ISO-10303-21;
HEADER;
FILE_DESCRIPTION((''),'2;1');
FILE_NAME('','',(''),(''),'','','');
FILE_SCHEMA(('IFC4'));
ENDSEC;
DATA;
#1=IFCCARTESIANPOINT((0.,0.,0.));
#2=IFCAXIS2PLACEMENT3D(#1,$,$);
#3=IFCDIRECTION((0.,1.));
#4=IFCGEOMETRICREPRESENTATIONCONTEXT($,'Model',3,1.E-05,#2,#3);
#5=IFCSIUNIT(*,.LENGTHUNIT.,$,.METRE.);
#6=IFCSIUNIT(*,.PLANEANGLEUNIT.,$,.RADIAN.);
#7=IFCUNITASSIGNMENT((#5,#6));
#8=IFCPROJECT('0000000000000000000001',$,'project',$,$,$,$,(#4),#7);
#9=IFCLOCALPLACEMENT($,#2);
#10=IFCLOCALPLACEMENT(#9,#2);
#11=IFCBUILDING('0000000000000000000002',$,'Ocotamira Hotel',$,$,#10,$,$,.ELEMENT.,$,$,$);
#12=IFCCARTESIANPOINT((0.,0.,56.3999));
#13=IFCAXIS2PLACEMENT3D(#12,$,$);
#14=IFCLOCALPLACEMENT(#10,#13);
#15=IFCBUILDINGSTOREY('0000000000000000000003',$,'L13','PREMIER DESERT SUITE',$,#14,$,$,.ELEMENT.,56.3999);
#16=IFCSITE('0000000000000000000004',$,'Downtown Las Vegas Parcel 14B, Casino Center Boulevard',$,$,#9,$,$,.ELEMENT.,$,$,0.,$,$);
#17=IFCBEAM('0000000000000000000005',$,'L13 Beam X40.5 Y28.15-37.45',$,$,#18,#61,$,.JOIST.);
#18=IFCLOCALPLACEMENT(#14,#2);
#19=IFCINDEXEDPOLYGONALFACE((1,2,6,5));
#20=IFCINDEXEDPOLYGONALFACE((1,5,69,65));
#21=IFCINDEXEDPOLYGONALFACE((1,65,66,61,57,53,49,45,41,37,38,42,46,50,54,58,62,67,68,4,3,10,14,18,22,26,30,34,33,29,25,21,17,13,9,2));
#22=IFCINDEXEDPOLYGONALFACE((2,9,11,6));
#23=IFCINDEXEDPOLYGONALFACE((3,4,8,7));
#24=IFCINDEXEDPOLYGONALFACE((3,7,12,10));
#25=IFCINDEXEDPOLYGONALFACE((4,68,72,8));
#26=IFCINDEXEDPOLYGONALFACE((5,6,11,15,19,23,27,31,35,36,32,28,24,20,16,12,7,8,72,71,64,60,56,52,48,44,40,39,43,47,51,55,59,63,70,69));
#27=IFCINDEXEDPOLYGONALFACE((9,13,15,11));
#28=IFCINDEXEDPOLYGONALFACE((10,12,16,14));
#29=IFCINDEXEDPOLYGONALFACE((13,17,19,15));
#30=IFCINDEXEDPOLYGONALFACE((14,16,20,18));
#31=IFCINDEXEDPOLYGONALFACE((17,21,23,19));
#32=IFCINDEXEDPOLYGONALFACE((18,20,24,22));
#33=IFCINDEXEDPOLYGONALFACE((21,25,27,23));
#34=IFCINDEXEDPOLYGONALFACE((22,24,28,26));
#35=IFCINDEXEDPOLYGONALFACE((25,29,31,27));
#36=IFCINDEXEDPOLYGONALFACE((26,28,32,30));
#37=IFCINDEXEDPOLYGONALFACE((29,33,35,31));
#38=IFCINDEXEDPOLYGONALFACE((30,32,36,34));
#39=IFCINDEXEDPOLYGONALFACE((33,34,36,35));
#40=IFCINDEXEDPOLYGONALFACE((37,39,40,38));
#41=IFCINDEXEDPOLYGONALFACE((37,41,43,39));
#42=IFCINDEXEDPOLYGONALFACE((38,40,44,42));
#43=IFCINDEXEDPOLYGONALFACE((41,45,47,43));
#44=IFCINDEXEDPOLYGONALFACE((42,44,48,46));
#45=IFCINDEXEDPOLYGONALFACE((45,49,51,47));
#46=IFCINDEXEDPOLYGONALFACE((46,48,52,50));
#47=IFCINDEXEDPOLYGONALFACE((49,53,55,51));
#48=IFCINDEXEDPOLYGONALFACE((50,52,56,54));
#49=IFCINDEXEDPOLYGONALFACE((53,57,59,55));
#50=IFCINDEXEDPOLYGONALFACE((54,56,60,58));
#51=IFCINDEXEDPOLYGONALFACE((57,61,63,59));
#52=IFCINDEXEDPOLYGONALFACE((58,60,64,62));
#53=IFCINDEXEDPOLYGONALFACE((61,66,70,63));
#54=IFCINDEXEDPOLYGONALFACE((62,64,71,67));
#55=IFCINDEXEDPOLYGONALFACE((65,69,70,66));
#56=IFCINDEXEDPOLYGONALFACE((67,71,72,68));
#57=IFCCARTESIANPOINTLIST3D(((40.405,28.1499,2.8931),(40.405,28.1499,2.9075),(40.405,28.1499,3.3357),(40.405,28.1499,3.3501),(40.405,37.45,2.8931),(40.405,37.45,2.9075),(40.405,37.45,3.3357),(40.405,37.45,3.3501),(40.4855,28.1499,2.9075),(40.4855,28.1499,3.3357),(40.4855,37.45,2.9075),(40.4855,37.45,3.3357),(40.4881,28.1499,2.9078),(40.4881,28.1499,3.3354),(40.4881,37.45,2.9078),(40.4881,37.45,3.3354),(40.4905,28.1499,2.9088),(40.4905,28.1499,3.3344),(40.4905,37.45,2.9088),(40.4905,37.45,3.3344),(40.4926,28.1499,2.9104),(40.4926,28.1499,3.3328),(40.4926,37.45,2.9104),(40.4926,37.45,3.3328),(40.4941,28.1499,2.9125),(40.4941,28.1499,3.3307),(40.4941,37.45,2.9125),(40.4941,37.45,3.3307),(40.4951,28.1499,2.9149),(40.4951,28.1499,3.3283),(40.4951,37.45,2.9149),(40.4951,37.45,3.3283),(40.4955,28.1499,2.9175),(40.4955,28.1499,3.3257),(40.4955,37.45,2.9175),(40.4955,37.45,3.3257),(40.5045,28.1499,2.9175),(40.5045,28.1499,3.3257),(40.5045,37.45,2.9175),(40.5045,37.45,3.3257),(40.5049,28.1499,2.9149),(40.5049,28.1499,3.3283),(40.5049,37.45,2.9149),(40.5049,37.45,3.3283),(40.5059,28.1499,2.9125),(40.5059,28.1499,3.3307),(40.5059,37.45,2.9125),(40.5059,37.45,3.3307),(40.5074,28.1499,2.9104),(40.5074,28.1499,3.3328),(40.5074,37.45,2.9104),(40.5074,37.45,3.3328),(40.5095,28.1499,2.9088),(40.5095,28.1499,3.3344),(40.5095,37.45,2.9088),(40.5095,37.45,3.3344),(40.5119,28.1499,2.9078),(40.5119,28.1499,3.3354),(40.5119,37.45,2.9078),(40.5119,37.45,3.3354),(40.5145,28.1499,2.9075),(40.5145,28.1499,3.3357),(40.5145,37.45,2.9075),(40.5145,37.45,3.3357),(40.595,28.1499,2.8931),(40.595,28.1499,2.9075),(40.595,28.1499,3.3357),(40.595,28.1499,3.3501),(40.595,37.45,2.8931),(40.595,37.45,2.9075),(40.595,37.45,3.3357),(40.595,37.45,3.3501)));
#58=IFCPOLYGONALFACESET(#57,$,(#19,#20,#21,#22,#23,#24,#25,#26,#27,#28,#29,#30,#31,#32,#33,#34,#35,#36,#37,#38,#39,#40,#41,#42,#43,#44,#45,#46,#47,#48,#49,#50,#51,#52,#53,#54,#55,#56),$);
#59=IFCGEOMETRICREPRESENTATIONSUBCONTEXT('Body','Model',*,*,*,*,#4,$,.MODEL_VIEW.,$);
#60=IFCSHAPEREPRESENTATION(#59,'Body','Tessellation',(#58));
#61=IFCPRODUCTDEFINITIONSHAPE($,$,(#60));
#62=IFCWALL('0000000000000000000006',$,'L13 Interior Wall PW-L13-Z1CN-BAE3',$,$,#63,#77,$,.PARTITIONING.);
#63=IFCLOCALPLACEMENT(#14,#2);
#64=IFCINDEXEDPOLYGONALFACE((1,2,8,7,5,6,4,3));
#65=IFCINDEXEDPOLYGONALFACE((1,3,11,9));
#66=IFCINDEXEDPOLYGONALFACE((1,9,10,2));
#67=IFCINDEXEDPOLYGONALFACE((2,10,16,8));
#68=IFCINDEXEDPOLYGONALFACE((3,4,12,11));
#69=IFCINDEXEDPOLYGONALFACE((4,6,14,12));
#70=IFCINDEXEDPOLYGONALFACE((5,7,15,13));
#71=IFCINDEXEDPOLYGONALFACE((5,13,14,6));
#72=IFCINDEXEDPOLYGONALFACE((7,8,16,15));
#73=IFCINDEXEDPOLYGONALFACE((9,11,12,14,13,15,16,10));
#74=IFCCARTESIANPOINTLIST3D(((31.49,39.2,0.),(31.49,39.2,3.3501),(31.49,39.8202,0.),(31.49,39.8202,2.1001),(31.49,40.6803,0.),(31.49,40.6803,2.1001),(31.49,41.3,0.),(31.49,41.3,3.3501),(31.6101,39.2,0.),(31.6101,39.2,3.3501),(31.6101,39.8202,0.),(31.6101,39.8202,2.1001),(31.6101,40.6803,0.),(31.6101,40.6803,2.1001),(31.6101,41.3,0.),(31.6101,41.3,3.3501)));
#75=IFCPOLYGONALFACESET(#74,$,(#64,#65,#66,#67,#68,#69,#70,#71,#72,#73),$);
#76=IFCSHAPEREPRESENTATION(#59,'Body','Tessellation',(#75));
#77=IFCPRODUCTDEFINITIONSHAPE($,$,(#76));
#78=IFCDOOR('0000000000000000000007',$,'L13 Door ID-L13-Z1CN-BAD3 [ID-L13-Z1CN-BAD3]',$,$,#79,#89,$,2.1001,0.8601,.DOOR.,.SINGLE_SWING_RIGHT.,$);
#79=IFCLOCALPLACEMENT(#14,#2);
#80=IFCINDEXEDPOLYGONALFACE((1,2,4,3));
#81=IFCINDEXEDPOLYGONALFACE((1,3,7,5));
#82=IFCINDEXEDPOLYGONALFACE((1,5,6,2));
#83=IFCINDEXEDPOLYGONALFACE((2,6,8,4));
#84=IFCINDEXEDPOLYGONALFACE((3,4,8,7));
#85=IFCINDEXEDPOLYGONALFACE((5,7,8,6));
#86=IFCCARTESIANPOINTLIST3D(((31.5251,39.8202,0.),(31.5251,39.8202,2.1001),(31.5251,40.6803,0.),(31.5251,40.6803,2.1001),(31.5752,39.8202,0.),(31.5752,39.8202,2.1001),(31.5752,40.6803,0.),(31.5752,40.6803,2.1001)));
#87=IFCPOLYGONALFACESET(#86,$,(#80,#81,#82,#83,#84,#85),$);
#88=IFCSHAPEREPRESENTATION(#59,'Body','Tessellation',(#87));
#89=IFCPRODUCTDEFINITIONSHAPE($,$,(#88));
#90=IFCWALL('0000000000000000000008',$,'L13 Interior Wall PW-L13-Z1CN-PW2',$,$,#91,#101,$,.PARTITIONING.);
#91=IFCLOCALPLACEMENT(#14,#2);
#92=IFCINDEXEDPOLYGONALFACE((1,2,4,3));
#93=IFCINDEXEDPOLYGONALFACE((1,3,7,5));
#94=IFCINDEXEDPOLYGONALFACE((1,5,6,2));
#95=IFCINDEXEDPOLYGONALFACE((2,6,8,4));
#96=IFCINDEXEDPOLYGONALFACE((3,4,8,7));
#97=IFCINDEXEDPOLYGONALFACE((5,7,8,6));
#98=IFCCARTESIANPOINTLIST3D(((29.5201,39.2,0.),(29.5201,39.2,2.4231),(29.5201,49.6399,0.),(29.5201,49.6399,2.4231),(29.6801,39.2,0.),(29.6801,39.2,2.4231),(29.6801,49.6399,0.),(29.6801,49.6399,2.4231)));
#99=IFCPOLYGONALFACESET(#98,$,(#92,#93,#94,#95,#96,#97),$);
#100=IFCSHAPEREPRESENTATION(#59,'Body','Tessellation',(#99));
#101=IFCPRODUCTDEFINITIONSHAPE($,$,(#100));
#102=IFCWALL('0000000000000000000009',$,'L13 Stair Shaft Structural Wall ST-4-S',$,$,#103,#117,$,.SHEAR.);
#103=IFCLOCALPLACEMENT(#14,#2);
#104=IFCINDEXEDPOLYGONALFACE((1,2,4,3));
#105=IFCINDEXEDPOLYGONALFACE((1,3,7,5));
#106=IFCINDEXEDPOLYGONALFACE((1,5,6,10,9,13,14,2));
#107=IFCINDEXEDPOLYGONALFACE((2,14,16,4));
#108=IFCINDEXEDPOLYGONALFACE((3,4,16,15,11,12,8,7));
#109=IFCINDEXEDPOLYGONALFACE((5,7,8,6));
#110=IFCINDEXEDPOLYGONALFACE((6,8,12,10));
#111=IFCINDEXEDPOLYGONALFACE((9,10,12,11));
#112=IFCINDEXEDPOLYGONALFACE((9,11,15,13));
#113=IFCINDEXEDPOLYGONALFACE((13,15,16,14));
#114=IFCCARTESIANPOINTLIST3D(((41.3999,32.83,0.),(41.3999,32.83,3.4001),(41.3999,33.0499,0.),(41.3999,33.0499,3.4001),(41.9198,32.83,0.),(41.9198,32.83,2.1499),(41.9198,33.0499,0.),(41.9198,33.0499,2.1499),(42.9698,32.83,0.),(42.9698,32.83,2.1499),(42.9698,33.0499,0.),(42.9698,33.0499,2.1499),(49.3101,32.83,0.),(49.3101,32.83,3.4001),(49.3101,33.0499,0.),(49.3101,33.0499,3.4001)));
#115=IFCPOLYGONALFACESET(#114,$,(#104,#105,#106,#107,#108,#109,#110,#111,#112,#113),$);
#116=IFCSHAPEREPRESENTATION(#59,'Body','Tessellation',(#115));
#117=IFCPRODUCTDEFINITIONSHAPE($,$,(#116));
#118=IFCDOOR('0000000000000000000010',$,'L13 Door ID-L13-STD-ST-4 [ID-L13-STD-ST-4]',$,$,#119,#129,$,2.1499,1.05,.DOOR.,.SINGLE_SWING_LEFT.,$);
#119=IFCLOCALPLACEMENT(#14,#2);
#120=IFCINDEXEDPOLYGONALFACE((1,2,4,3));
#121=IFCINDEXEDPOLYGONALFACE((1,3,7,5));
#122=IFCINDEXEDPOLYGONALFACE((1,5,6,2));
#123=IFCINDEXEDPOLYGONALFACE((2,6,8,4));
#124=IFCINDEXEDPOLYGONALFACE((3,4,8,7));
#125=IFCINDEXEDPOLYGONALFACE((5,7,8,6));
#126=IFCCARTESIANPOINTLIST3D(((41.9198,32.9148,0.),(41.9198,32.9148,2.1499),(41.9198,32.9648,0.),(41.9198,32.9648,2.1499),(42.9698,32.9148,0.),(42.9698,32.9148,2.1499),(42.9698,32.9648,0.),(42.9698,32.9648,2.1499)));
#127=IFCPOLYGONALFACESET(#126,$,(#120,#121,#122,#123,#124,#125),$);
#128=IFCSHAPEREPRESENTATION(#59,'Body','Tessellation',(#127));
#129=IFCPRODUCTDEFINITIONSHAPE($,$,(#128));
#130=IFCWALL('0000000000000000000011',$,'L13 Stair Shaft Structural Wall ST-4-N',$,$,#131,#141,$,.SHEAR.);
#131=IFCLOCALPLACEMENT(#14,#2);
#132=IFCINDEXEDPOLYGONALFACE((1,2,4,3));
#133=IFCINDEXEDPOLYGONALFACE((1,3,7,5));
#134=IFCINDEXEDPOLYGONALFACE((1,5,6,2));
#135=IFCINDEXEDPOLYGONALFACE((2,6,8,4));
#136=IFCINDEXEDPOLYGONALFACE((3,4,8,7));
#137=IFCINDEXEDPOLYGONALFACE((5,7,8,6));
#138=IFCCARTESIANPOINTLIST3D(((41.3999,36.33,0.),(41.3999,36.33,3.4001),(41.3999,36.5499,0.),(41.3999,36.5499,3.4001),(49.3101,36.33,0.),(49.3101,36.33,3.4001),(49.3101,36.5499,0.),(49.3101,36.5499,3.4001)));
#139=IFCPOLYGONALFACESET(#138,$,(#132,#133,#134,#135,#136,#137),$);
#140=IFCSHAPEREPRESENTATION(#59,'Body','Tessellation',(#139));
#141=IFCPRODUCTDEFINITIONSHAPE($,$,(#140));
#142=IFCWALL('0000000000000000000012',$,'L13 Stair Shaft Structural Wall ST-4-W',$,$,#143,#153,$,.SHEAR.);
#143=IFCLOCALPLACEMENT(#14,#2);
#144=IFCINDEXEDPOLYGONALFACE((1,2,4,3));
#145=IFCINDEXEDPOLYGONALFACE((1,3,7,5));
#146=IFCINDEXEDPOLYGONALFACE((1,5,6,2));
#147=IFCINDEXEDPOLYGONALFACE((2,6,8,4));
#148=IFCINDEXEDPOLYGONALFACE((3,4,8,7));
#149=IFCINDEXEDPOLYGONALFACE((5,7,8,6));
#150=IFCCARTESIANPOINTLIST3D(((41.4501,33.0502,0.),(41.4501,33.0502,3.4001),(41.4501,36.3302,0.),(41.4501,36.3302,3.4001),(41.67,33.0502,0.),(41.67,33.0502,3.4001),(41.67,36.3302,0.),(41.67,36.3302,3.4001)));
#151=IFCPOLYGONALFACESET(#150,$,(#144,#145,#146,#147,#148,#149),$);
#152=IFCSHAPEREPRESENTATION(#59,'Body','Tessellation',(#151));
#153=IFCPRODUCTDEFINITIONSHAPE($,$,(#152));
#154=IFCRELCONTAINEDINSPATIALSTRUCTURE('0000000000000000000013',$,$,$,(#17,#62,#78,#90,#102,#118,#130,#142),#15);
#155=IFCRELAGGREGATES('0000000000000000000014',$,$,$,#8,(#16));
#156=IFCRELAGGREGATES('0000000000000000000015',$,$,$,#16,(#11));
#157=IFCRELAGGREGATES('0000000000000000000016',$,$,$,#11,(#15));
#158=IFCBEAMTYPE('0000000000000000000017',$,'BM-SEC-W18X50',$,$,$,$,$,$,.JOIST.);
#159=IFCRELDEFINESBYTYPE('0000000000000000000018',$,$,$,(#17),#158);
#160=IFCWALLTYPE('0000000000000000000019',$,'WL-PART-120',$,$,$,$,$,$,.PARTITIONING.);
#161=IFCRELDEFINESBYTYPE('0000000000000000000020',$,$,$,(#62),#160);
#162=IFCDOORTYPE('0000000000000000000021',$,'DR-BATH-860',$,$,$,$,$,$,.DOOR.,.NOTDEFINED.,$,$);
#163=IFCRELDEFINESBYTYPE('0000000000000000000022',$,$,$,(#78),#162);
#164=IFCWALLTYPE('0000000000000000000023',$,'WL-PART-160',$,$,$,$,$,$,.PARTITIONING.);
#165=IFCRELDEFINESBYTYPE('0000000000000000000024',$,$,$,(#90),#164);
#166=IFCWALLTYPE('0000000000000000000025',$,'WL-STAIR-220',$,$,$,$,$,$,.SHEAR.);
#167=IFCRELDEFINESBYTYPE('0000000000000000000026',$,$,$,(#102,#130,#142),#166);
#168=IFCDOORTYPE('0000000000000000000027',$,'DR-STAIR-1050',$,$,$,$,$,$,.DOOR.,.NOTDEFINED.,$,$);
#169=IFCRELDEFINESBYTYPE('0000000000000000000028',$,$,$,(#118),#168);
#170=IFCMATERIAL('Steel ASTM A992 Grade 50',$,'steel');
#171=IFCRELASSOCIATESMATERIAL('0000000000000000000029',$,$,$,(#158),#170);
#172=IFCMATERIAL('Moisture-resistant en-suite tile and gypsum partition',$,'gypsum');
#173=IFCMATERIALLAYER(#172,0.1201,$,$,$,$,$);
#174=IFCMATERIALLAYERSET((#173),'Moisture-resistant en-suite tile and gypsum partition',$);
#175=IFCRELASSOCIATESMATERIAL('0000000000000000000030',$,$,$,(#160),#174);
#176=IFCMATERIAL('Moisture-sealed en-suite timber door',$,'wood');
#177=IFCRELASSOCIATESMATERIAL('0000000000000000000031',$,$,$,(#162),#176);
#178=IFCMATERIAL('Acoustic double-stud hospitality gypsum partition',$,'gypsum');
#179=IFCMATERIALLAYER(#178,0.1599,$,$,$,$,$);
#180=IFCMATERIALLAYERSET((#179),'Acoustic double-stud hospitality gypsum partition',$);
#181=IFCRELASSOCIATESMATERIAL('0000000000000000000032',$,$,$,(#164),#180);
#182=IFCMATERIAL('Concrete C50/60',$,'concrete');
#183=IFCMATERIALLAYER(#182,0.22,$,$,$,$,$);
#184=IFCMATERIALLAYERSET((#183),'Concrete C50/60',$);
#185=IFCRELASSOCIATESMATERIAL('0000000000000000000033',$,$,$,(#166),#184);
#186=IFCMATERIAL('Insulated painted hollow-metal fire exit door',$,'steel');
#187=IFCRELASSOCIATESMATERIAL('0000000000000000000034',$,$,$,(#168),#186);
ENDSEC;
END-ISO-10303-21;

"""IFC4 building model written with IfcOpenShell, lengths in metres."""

from ifc_helpers import new_model, si_unit, direction, frame, frame_2d, origin, origin_2d, place, context, subcontext, project, spatial, rectangle, i_section, extrude, source, transform, mapped, material, layer, layer_set, material_profile, profile_set, type_object, element, fill, save


model = new_model("IFC4")

# Units and contexts
model_context = context("Model", 3, precision=1e-05, world=origin(), true_north=direction((0.0, 1.0)))
body_context = subcontext(model_context, "Body", "Model", "MODEL_VIEW")
ifc_project = project(units=[si_unit("LENGTHUNIT", "METRE"), si_unit("PLANEANGLEUNIT", "RADIAN")], contexts=[model_context])

# Site, building, storey
site_placement = place(None, origin())
site = spatial("IfcSite", under=ifc_project, at=site_placement, Name="Downtown Las Vegas Parcel 14B, Casino Center Boulevard", CompositionType="ELEMENT", RefElevation=0.0)
building_placement = place(site_placement, origin())
building = spatial("IfcBuilding", under=site, at=building_placement, Name="Ocotamira Hotel", CompositionType="ELEMENT")
storey_placement = place(building_placement, frame((0.0, 0.0, 56.3999)))
storey = spatial("IfcBuildingStorey", under=building, at=storey_placement, Name="L13", Description="PREMIER DESERT SUITE", CompositionType="ELEMENT", Elevation=56.3999)

# Beam
ifc_material_1 = material(Name="Steel ASTM A992 Grade 50", Category="steel")
ifc_material_profile_1 = material_profile(ifc_material_1, i_section(OverallWidth=0.1899, OverallDepth=0.457, WebThickness=0.009, FlangeThickness=0.0144, FilletRadius=0.01, at=origin_2d()), Name="W18X50")
ifc_profile_set_1 = profile_set([ifc_material_profile_1], Name="Steel ASTM A992 Grade 50")
beam_type_1 = type_object("IfcBeamType", Name="BM-SEC-W18X50", PredefinedType="JOIST", material=ifc_profile_set_1)
shared_shape_1 = source(origin(), body_context, "Body", "SweptSolid", [
    extrude(i_section(OverallWidth=0.1899, OverallDepth=0.457, WebThickness=0.009, FlangeThickness=0.0144, FilletRadius=0.01, at=origin_2d()), origin(), (0.0, 0.0, 1.0), 9.3),
])
beam_1_placement = place(storey_placement, frame((40.5, 28.1499, 3.1216), z_axis=(0.0, 1.0, 0.0), x_axis=(-1.0, 0.0, 0.0)))
element("IfcBeam", 1, at=beam_1_placement, inside=storey, type_object=beam_type_1, Name="L13 Beam X40.5 Y28.15-37.45", PredefinedType="JOIST", context=body_context, shape_type="MappedRepresentation", body=[
    mapped(shared_shape_1, transform((0.0, 0.0, 0.0), scale=1.0)),
])

# Wall, opening, door
ifc_material_2 = material(Name="Moisture-resistant en-suite tile and gypsum partition", Category="gypsum")
ifc_layer_1 = layer(ifc_material_2, 0.1201)
ifc_layer_set_1 = layer_set([ifc_layer_1], Name="Moisture-resistant en-suite tile and gypsum partition")
wall_type_1 = type_object("IfcWallType", Name="WL-PART-120", PredefinedType="PARTITIONING", material=ifc_layer_set_1)
wall_1_placement = place(storey_placement, frame((31.55, 39.2, 0.0), z_axis=(0.0, 0.0, 1.0), x_axis=(0.0, 1.0, 0.0)))
wall_1 = element("IfcWall", 2, at=wall_1_placement, inside=storey, type_object=wall_type_1, Name="L13 Interior Wall PW-L13-Z1CN-BAE3", PredefinedType="PARTITIONING", context=body_context, shape_type="SweptSolid", body=[
    extrude(rectangle(XDim=2.1001, YDim=0.1201, at=frame_2d((1.05, 0.0))), origin(), (0.0, 0.0, 1.0), 3.3501),
])
opening_1_placement = place(wall_1_placement, frame((0.6201, 0.0, 0.0)))
opening_1 = element("IfcOpeningElement", 3, at=opening_1_placement, cuts=wall_1, PredefinedType="OPENING", context=body_context, shape_type="SweptSolid", body=[
    extrude(rectangle(XDim=0.8601, YDim=2.1001, at=frame_2d((0.4302, 1.05))), frame((0.0, 0.0701, 0.0), z_axis=(0.0, -1.0, 0.0), x_axis=(1.0, 0.0, 0.0)), (0.0, 0.0, 1.0), 0.1401),
])
ifc_material_3 = material(Name="Moisture-sealed en-suite timber door", Category="wood")
door_type_1 = type_object("IfcDoorType", Name="DR-BATH-860", OperationType="NOTDEFINED", PredefinedType="DOOR", material=ifc_material_3)
shared_shape_2 = source(origin(), body_context, "Body", "SweptSolid", [
    extrude(rectangle(XDim=0.8601, YDim=2.1001, at=frame_2d((0.4302, 1.05))), frame((0.0, 0.0249, 0.0), z_axis=(0.0, -1.0, 0.0), x_axis=(1.0, 0.0, 0.0)), (0.0, 0.0, 1.0), 0.05),
])
door_1_placement = place(opening_1_placement, origin())
door_1 = element("IfcDoor", 4, at=door_1_placement, inside=storey, type_object=door_type_1, Name="L13 Door ID-L13-Z1CN-BAD3 [ID-L13-Z1CN-BAD3]", OperationType="SINGLE_SWING_RIGHT", OverallHeight=2.1001, OverallWidth=0.8601, PredefinedType="DOOR", context=body_context, shape_type="MappedRepresentation", body=[
    mapped(shared_shape_2, transform((0.0, 0.0, 0.0), scale=1.0)),
])
fill(opening_1, door_1)

# Wall
ifc_material_4 = material(Name="Acoustic double-stud hospitality gypsum partition", Category="gypsum")
ifc_layer_2 = layer(ifc_material_4, 0.1599)
ifc_layer_set_2 = layer_set([ifc_layer_2], Name="Acoustic double-stud hospitality gypsum partition")
wall_type_2 = type_object("IfcWallType", Name="WL-PART-160", PredefinedType="PARTITIONING", material=ifc_layer_set_2)
wall_2_placement = place(storey_placement, frame((29.6001, 39.2, 0.0), z_axis=(0.0, 0.0, 1.0), x_axis=(0.0, 1.0, 0.0)))
element("IfcWall", 5, at=wall_2_placement, inside=storey, type_object=wall_type_2, Name="L13 Interior Wall PW-L13-Z1CN-PW2", PredefinedType="PARTITIONING", context=body_context, shape_type="SweptSolid", body=[
    extrude(rectangle(XDim=10.4399, YDim=0.1599, at=frame_2d((5.22, 0.0))), origin(), (0.0, 0.0, 1.0), 2.4231),
])

# Wall, opening, door
ifc_material_5 = material(Name="Concrete C50/60", Category="concrete")
ifc_layer_3 = layer(ifc_material_5, 0.22)
ifc_layer_set_3 = layer_set([ifc_layer_3], Name="Concrete C50/60")
wall_type_3 = type_object("IfcWallType", Name="WL-STAIR-220", PredefinedType="SHEAR", material=ifc_layer_set_3)
wall_3_placement = place(storey_placement, frame((41.3999, 32.9399, 0.0), z_axis=(0.0, 0.0, 1.0), x_axis=(1.0, 0.0, 0.0)))
wall_3 = element("IfcWall", 6, at=wall_3_placement, inside=storey, type_object=wall_type_3, Name="L13 Stair Shaft Structural Wall ST-4-S", PredefinedType="SHEAR", context=body_context, shape_type="SweptSolid", body=[
    extrude(rectangle(XDim=7.9102, YDim=0.22, at=frame_2d((3.9551, 0.0))), origin(), (0.0, 0.0, 1.0), 3.4001),
])
opening_2_placement = place(wall_3_placement, frame((0.52, 0.0, 0.0)))
opening_2 = element("IfcOpeningElement", 7, at=opening_2_placement, cuts=wall_3, PredefinedType="OPENING", context=body_context, shape_type="SweptSolid", body=[
    extrude(rectangle(XDim=1.05, YDim=2.1499, at=frame_2d((0.5249, 1.075))), frame((0.0, 0.1201, 0.0), z_axis=(0.0, -1.0, 0.0), x_axis=(1.0, 0.0, 0.0)), (0.0, 0.0, 1.0), 0.24),
])
ifc_material_6 = material(Name="Insulated painted hollow-metal fire exit door", Category="steel")
door_type_2 = type_object("IfcDoorType", Name="DR-STAIR-1050", OperationType="NOTDEFINED", PredefinedType="DOOR", material=ifc_material_6)
shared_shape_3 = source(origin(), body_context, "Body", "SweptSolid", [
    extrude(rectangle(XDim=1.05, YDim=2.1499, at=frame_2d((0.5249, 1.075))), frame((0.0, 0.0249, 0.0), z_axis=(0.0, -1.0, 0.0), x_axis=(1.0, 0.0, 0.0)), (0.0, 0.0, 1.0), 0.05),
])
door_2_placement = place(opening_2_placement, origin())
door_2 = element("IfcDoor", 8, at=door_2_placement, inside=storey, type_object=door_type_2, Name="L13 Door ID-L13-STD-ST-4 [ID-L13-STD-ST-4]", OperationType="SINGLE_SWING_LEFT", OverallHeight=2.1499, OverallWidth=1.05, PredefinedType="DOOR", context=body_context, shape_type="MappedRepresentation", body=[
    mapped(shared_shape_3, transform((0.0, 0.0, 0.0), scale=1.0)),
])
fill(opening_2, door_2)

# Walls
wall_4_placement = place(storey_placement, frame((41.3999, 36.4399, 0.0), z_axis=(0.0, 0.0, 1.0), x_axis=(1.0, 0.0, 0.0)))
element("IfcWall", 9, at=wall_4_placement, inside=storey, type_object=wall_type_3, Name="L13 Stair Shaft Structural Wall ST-4-N", PredefinedType="SHEAR", context=body_context, shape_type="SweptSolid", body=[
    extrude(rectangle(XDim=7.9102, YDim=0.22, at=frame_2d((3.9551, 0.0))), origin(), (0.0, 0.0, 1.0), 3.4001),
])
wall_5_placement = place(storey_placement, frame((41.5601, 33.05, 0.0), z_axis=(0.0, 0.0, 1.0), x_axis=(0.0, 1.0, 0.0)))
element("IfcWall", 10, at=wall_5_placement, inside=storey, type_object=wall_type_3, Name="L13 Stair Shaft Structural Wall ST-4-W", PredefinedType="SHEAR", context=body_context, shape_type="SweptSolid", body=[
    extrude(rectangle(XDim=3.28, YDim=0.22, at=frame_2d((1.6401, 0.0))), origin(), (0.0, 0.0, 1.0), 3.4001),
])

save(model, "model.ifc")
